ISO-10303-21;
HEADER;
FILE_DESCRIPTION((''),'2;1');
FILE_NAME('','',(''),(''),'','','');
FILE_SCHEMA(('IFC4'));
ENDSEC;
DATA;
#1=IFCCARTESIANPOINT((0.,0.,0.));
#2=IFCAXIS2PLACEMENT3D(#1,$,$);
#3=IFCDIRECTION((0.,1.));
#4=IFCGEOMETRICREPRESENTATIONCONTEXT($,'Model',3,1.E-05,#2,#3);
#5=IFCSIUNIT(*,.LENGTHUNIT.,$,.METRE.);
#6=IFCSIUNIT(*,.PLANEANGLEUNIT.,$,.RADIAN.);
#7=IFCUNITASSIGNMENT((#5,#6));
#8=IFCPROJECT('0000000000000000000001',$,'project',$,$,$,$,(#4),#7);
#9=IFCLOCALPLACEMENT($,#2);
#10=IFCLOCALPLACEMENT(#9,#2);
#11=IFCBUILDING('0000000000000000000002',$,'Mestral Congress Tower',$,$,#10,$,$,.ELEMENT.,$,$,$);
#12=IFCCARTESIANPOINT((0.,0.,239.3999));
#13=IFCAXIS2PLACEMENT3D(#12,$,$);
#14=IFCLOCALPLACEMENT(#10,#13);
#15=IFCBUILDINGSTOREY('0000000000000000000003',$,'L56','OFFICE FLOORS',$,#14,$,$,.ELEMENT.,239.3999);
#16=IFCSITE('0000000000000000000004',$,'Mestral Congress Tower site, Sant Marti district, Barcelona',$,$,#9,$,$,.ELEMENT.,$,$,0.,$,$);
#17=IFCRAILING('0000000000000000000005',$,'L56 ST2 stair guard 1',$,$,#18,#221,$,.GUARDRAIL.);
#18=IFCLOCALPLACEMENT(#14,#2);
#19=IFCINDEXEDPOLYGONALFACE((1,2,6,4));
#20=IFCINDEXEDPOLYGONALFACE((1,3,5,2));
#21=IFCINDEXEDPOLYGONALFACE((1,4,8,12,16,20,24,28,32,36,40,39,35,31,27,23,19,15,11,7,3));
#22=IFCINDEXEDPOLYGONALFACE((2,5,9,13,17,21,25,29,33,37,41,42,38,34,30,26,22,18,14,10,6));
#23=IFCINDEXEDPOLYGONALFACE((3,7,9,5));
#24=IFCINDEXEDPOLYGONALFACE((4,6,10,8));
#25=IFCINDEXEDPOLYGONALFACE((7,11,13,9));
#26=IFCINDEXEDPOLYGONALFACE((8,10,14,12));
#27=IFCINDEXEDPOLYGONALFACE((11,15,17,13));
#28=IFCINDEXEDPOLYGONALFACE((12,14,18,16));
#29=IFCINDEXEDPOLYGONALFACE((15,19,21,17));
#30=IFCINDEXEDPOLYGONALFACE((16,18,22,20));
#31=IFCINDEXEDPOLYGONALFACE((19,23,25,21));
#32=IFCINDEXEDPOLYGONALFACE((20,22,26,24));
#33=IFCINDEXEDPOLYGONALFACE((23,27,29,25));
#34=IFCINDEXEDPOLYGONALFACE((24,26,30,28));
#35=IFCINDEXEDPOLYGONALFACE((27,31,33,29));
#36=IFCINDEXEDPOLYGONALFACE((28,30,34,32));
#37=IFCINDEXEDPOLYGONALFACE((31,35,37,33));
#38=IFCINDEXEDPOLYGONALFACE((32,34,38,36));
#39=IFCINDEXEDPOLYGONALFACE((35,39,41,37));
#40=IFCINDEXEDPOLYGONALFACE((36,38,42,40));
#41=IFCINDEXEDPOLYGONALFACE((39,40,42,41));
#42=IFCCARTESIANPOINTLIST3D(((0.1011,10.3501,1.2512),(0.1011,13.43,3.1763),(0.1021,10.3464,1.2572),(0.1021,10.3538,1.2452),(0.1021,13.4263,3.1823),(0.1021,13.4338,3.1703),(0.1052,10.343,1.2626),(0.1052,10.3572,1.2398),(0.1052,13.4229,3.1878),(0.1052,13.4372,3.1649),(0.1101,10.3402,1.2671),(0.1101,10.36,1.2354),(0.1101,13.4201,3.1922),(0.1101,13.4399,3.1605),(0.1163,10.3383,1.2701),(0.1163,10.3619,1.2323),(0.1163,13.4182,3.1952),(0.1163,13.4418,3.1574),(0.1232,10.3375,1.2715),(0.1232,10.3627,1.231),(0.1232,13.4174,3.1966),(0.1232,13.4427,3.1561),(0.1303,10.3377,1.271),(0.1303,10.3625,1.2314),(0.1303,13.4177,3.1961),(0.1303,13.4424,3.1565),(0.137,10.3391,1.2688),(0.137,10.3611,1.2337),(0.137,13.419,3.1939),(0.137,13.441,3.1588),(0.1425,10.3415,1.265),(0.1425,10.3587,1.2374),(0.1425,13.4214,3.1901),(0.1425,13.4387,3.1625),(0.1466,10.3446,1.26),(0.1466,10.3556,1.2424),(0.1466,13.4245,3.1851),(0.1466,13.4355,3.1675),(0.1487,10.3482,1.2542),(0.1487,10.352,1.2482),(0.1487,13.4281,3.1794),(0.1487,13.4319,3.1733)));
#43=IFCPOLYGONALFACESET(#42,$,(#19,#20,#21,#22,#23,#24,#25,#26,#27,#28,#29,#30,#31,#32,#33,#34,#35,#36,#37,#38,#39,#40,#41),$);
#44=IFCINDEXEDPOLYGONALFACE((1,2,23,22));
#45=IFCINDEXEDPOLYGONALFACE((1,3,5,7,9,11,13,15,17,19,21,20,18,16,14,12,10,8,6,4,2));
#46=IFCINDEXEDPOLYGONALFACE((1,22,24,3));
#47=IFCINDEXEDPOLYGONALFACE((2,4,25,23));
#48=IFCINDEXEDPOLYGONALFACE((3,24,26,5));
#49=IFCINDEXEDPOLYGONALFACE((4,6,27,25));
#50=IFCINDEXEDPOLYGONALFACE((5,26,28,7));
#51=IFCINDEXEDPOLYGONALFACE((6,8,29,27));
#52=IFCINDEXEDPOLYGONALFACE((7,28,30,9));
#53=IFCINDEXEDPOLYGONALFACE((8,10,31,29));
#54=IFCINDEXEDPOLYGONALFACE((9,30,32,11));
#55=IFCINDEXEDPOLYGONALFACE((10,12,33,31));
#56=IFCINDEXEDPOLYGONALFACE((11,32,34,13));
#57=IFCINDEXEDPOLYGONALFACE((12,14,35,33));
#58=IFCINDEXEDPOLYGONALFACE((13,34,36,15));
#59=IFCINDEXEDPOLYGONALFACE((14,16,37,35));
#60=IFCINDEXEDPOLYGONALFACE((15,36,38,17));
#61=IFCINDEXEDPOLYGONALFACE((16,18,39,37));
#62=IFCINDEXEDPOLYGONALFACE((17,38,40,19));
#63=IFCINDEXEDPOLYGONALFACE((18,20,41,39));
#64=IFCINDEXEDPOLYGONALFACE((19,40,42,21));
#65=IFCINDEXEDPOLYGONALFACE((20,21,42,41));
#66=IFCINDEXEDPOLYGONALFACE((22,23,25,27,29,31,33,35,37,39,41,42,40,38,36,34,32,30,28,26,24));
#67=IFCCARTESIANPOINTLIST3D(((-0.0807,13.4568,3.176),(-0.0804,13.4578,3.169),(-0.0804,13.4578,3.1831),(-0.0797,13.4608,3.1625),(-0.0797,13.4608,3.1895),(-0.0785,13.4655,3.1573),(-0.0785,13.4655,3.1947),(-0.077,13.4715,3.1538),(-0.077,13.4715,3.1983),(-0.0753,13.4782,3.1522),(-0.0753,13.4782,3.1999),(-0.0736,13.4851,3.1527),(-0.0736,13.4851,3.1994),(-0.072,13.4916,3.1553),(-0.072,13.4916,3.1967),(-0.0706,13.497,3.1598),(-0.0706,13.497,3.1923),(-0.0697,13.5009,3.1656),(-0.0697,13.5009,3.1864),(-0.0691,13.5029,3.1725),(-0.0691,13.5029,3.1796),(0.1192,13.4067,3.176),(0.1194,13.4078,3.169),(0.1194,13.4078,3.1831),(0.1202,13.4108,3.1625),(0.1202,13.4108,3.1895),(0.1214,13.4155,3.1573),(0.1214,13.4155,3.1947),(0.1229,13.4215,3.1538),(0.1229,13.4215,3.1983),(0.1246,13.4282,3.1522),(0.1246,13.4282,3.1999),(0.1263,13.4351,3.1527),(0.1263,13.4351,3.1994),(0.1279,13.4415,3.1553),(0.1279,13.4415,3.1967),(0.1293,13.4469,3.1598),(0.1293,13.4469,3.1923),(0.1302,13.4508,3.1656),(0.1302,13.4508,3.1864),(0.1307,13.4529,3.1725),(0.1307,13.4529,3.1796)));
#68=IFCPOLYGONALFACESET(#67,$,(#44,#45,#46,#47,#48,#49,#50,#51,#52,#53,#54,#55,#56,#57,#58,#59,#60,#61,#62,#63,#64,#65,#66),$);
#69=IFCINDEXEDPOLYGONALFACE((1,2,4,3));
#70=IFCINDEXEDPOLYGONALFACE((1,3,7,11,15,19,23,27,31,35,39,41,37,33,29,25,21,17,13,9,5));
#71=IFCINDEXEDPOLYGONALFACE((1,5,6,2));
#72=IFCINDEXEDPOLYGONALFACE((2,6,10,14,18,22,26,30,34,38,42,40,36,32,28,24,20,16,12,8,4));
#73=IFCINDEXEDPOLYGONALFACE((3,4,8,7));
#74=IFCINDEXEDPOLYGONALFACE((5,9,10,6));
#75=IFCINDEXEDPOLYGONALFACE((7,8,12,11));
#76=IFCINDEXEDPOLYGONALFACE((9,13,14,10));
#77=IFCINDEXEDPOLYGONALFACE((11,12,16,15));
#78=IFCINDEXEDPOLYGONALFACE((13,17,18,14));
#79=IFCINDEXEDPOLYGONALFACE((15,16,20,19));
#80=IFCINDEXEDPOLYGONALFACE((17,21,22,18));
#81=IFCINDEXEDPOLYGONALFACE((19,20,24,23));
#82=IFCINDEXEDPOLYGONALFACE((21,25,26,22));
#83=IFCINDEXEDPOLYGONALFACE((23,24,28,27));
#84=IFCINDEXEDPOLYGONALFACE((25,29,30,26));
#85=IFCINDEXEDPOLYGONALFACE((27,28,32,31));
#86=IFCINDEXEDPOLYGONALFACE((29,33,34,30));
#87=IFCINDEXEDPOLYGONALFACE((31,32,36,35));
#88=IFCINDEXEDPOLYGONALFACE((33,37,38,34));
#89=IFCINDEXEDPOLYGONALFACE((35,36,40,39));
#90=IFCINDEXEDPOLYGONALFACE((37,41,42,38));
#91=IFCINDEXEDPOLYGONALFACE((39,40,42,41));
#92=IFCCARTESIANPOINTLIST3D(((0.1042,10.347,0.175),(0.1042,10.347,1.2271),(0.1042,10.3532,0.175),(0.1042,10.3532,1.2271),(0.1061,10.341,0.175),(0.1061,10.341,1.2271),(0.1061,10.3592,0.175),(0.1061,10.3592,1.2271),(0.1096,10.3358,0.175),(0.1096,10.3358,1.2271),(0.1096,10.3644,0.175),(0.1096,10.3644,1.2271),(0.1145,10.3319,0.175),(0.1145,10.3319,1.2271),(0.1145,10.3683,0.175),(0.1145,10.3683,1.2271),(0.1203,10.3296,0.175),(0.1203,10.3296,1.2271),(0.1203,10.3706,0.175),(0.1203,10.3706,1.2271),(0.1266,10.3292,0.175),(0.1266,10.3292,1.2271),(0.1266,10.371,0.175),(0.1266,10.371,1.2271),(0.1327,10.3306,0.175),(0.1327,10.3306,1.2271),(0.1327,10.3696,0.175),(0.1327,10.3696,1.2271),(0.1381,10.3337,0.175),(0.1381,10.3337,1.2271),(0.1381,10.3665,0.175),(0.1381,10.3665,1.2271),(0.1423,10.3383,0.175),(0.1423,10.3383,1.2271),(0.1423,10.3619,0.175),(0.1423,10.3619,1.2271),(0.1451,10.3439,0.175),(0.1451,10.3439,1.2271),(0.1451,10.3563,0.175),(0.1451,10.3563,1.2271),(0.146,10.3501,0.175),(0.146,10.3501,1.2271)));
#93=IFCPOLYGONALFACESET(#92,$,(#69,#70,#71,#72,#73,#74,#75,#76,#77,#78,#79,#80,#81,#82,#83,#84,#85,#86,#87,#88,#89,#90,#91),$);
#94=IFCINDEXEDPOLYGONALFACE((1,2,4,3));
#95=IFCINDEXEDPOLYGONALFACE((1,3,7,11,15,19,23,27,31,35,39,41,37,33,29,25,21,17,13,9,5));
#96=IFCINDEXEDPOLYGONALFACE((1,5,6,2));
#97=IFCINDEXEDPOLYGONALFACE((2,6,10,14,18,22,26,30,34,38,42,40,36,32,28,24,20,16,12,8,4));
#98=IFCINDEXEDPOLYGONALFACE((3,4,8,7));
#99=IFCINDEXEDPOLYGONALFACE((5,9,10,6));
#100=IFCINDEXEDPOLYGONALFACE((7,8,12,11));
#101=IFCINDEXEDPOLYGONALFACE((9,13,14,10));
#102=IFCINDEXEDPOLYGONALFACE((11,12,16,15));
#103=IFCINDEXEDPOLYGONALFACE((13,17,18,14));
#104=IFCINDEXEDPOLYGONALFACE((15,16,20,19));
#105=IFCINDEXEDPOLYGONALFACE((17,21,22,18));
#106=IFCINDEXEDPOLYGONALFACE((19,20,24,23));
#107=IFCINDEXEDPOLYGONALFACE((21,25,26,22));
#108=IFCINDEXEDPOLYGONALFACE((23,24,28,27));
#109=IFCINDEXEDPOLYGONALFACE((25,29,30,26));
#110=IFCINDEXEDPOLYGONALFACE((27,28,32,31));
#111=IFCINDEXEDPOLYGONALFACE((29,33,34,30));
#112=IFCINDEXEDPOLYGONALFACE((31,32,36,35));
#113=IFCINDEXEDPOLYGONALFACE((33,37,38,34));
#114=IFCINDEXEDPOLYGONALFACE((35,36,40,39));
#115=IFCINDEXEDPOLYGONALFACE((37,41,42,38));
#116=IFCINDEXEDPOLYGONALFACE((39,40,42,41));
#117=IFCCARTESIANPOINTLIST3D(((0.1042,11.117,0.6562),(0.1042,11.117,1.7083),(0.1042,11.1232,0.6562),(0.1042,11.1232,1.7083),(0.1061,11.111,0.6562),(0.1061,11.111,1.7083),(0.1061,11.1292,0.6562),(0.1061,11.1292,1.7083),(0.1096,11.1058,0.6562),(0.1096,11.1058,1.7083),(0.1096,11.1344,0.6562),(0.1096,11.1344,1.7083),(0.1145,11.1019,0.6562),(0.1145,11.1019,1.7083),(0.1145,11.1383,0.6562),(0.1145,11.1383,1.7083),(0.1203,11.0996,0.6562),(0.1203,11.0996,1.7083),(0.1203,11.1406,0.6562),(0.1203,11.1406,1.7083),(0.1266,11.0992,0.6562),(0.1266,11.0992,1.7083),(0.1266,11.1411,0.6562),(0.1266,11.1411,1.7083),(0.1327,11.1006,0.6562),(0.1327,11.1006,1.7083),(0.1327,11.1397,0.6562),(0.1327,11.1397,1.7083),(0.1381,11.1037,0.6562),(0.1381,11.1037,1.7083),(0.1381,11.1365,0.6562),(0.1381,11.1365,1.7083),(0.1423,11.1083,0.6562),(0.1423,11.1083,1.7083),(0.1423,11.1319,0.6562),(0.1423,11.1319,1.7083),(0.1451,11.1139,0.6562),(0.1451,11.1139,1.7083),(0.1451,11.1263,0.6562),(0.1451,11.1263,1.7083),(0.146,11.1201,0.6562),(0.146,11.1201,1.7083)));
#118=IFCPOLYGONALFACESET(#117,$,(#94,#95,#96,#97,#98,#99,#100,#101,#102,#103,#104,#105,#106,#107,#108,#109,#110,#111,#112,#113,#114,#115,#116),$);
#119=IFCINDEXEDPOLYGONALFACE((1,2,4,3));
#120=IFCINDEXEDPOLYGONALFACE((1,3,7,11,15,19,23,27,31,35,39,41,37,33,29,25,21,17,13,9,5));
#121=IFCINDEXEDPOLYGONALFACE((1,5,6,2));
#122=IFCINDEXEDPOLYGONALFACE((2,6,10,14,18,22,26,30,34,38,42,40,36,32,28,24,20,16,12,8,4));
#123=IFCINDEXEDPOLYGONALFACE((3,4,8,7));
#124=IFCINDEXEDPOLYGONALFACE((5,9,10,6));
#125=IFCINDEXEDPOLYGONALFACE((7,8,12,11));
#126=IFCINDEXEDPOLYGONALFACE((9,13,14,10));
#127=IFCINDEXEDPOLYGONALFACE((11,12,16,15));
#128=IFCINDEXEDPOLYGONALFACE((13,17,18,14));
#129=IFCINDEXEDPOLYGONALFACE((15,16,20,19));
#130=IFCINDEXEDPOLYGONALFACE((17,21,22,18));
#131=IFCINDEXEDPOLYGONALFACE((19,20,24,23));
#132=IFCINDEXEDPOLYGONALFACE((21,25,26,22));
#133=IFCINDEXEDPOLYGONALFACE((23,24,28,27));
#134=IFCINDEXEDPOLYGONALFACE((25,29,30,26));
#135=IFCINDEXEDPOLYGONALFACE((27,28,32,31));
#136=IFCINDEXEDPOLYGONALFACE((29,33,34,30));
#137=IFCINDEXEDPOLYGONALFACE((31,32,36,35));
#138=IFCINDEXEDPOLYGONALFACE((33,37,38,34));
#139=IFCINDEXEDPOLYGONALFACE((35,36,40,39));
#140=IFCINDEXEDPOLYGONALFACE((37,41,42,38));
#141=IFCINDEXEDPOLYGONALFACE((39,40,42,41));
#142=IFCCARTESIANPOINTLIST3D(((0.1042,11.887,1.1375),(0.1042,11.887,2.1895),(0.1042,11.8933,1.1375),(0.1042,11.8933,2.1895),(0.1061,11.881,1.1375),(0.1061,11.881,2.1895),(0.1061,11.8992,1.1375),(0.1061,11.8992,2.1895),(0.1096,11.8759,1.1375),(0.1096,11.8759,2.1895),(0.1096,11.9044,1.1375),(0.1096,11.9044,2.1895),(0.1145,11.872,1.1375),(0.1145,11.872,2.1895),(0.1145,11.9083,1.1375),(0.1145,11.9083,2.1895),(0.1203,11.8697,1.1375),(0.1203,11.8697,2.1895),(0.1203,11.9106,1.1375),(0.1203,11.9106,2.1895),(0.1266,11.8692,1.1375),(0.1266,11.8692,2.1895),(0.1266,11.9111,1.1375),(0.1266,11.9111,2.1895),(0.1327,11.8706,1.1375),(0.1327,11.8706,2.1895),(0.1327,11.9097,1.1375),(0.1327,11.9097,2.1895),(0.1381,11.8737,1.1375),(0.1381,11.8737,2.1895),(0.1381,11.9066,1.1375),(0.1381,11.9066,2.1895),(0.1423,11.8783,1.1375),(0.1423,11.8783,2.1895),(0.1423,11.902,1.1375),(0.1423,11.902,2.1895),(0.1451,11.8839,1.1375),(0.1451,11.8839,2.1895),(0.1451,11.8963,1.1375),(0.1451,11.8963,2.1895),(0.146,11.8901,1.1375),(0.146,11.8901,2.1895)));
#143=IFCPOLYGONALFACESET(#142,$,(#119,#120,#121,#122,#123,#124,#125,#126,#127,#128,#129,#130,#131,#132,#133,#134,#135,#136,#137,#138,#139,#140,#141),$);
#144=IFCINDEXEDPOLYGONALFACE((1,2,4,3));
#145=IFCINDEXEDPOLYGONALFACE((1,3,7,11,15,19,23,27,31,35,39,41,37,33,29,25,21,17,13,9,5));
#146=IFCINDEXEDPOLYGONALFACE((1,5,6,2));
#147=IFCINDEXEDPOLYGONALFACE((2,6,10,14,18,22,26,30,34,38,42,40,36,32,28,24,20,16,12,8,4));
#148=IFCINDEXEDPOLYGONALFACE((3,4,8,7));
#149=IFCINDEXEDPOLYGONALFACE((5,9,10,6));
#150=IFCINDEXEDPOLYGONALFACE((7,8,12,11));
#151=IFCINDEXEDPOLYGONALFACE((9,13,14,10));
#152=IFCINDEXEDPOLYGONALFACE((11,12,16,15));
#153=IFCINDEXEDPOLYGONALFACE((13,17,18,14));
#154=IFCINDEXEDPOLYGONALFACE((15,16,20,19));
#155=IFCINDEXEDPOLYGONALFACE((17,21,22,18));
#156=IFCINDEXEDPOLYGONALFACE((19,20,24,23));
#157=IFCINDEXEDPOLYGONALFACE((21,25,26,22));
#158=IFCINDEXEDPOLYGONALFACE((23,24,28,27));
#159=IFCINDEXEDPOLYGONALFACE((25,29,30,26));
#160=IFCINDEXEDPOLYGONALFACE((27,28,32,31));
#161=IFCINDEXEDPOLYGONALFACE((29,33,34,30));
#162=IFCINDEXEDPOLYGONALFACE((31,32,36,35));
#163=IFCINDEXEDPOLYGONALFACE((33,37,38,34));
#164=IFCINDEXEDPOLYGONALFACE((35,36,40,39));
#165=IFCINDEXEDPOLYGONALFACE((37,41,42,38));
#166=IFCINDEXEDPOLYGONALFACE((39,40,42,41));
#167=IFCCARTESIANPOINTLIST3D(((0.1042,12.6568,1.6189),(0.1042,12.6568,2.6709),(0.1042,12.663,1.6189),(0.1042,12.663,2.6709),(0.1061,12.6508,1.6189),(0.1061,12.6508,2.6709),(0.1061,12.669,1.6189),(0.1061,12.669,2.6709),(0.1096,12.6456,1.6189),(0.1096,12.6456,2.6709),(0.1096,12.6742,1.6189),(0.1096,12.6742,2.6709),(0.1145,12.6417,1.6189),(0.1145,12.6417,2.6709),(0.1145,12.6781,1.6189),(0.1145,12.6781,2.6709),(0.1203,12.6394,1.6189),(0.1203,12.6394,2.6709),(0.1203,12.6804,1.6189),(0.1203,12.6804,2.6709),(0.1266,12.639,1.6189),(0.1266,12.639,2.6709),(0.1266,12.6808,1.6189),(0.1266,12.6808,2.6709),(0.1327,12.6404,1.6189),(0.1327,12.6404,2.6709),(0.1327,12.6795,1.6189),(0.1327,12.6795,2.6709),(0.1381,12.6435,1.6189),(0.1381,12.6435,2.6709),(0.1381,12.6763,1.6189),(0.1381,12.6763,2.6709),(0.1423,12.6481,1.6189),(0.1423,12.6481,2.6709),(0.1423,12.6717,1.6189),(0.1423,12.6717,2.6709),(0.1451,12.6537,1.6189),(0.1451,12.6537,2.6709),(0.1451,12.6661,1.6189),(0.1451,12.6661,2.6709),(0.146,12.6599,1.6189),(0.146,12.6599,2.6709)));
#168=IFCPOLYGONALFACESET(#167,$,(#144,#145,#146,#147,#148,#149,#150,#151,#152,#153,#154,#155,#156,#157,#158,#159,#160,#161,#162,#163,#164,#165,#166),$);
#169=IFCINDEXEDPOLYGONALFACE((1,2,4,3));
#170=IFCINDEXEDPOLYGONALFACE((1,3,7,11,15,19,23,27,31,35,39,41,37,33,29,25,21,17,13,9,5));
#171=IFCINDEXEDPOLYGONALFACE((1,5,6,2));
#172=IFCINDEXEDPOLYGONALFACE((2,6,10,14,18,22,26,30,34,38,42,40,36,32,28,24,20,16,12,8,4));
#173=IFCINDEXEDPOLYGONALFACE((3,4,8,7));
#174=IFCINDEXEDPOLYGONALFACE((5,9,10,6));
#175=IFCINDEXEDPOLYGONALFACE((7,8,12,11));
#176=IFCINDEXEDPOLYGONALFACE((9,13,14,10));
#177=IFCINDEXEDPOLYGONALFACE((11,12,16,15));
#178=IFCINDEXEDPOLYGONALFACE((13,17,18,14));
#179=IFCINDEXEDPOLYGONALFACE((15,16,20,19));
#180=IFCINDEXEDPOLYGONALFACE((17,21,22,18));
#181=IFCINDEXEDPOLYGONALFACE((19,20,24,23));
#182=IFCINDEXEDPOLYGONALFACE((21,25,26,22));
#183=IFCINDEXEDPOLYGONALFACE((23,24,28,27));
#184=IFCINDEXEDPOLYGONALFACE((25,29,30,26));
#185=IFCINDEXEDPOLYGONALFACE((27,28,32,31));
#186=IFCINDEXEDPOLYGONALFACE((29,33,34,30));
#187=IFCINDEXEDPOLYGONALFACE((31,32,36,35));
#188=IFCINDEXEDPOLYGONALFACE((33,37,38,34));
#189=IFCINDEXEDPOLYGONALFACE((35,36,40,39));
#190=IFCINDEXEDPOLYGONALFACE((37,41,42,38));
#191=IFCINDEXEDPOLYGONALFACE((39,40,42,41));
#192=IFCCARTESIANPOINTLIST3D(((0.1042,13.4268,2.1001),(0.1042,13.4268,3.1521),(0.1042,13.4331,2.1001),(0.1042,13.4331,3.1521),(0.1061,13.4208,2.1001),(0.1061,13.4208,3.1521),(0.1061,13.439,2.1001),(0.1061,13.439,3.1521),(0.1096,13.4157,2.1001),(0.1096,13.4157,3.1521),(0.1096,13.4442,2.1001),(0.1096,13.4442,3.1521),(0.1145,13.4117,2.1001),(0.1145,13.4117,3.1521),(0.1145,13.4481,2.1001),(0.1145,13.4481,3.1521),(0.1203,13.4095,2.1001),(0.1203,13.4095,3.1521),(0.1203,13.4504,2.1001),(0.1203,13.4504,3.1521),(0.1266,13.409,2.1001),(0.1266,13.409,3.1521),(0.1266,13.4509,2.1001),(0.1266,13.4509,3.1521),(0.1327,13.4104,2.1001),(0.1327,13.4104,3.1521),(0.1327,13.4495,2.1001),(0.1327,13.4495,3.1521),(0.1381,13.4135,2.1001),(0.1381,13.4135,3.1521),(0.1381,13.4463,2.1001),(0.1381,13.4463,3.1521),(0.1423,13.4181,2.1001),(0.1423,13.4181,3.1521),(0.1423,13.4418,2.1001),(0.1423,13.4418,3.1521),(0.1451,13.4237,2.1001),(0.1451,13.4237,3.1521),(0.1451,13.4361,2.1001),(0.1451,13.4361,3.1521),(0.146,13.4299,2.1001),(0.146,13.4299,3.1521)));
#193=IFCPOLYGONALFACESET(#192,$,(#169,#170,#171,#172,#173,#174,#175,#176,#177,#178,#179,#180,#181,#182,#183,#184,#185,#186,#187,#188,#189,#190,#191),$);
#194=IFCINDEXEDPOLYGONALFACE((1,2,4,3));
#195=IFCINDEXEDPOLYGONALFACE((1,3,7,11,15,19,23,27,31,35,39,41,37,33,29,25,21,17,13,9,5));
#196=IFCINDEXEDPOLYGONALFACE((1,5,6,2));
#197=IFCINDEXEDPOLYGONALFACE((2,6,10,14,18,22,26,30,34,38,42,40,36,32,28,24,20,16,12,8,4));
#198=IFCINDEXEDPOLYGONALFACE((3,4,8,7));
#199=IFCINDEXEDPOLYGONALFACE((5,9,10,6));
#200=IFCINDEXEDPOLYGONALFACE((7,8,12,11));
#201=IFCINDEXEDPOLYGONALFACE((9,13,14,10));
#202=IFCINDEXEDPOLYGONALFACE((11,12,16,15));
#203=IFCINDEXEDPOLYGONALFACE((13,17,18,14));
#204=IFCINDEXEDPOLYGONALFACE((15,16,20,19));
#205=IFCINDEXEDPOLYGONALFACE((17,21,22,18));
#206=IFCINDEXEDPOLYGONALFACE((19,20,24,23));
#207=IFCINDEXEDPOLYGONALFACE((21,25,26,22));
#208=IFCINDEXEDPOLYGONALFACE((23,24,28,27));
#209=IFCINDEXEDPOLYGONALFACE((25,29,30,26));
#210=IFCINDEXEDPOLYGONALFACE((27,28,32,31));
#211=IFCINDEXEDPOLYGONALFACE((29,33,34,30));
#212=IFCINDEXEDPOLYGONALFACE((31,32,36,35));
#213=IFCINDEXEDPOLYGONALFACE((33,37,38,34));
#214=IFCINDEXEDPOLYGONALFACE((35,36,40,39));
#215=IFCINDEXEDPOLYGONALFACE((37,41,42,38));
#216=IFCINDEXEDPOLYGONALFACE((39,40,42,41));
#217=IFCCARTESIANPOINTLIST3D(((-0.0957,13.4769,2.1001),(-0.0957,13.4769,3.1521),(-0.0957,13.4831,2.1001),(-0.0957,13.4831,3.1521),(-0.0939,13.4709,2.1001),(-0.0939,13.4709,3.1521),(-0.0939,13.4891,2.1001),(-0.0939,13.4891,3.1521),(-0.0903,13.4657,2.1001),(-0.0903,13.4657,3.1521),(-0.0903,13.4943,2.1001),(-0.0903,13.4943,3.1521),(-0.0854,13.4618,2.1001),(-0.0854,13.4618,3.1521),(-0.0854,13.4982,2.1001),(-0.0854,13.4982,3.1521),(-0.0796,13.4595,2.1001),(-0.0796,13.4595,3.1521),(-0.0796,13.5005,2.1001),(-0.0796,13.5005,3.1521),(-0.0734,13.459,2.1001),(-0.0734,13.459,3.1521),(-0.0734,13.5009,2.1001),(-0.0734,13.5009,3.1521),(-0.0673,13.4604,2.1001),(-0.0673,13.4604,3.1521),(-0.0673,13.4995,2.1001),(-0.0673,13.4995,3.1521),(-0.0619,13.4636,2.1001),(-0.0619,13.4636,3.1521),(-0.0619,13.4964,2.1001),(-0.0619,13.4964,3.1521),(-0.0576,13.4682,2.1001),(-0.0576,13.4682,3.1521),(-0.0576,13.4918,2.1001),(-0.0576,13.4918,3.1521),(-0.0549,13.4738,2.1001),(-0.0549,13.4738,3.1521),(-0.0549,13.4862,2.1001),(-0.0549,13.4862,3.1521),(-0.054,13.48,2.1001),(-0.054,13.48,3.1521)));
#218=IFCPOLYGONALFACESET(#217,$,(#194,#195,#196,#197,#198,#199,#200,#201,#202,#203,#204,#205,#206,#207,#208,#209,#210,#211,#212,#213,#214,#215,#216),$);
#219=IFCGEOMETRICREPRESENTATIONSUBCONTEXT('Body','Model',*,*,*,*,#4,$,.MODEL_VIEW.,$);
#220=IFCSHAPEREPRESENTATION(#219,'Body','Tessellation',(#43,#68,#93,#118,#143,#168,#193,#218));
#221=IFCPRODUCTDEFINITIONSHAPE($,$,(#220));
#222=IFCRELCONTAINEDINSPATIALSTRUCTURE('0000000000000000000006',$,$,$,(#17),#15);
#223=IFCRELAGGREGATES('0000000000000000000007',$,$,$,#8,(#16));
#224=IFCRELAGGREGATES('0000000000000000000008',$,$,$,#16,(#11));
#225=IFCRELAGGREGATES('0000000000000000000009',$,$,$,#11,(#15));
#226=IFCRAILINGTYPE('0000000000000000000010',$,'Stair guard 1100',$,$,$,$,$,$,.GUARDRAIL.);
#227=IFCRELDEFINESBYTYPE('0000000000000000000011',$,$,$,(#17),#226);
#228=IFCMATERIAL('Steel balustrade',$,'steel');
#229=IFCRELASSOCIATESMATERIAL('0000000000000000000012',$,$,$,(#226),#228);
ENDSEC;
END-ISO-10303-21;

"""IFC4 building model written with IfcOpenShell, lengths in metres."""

from ifc_helpers import new_model, si_unit, direction, frame, origin, origin_2d, place, context, subcontext, project, spatial, circle, extrude, material, type_object, element, save


model = new_model("IFC4")

# Units and contexts
model_context = context("Model", 3, precision=1e-05, world=origin(), true_north=direction((0.0, 1.0)))
body_context = subcontext(model_context, "Body", "Model", "MODEL_VIEW")
ifc_project = project(units=[si_unit("LENGTHUNIT", "METRE"), si_unit("PLANEANGLEUNIT", "RADIAN")], contexts=[model_context])

# Site, building, storey
site_placement = place(None, origin())
site = spatial("IfcSite", under=ifc_project, at=site_placement, Name="Mestral Congress Tower site, Sant Marti district, Barcelona", CompositionType="ELEMENT", RefElevation=0.0)
building_placement = place(site_placement, origin())
building = spatial("IfcBuilding", under=site, at=building_placement, Name="Mestral Congress Tower", CompositionType="ELEMENT")
storey_placement = place(building_placement, frame((0.0, 0.0, 239.3999)))
storey = spatial("IfcBuildingStorey", under=building, at=storey_placement, Name="L56", Description="OFFICE FLOORS", CompositionType="ELEMENT", Elevation=239.3999)

# Railing
ifc_material_1 = material(Name="Steel balustrade", Category="steel")
railing_type_1 = type_object("IfcRailingType", Name="Stair guard 1100", PredefinedType="GUARDRAIL", material=ifc_material_1)
railing_1_placement = place(storey_placement, frame((0.125, 10.3501, 0.175)))
element("IfcRailing", 1, at=railing_1_placement, inside=storey, type_object=railing_type_1, Name="L56 ST2 stair guard 1", PredefinedType="GUARDRAIL", context=body_context, shape_type="SweptSolid", body=[
    extrude(circle(Radius=0.0239, at=origin_2d()), frame((0.0, 0.0, 1.0762), z_axis=(0.0, 0.847979, 0.530029), x_axis=(-1.0, 0.0, 0.0)), (0.0, 0.0, 1.0), 3.6321),
    extrude(circle(Radius=0.0239, at=origin_2d()), frame((0.0, 3.0798, 3.001), z_axis=(-0.970073, 0.242814, 0.0), x_axis=(-0.242814, -0.970073, 0.0)), (0.0, 0.0, 1.0), 0.2061),
    extrude(circle(Radius=0.021, at=origin_2d()), origin(), (0.0, 0.0, 1.0), 1.052),
    extrude(circle(Radius=0.021, at=origin_2d()), frame((0.0, 0.77, 0.4812)), (0.0, 0.0, 1.0), 1.052),
    extrude(circle(Radius=0.021, at=origin_2d()), frame((0.0, 1.54, 0.9624)), (0.0, 0.0, 1.0), 1.052),
    extrude(circle(Radius=0.021, at=origin_2d()), frame((0.0, 2.3098, 1.4438)), (0.0, 0.0, 1.0), 1.052),
    extrude(circle(Radius=0.021, at=origin_2d()), frame((0.0, 3.0798, 1.925)), (0.0, 0.0, 1.0), 1.052),
    extrude(circle(Radius=0.021, at=origin_2d()), frame((-0.2, 3.1299, 1.925)), (0.0, 0.0, 1.0), 1.052),
])

save(model, "model.ifc")
